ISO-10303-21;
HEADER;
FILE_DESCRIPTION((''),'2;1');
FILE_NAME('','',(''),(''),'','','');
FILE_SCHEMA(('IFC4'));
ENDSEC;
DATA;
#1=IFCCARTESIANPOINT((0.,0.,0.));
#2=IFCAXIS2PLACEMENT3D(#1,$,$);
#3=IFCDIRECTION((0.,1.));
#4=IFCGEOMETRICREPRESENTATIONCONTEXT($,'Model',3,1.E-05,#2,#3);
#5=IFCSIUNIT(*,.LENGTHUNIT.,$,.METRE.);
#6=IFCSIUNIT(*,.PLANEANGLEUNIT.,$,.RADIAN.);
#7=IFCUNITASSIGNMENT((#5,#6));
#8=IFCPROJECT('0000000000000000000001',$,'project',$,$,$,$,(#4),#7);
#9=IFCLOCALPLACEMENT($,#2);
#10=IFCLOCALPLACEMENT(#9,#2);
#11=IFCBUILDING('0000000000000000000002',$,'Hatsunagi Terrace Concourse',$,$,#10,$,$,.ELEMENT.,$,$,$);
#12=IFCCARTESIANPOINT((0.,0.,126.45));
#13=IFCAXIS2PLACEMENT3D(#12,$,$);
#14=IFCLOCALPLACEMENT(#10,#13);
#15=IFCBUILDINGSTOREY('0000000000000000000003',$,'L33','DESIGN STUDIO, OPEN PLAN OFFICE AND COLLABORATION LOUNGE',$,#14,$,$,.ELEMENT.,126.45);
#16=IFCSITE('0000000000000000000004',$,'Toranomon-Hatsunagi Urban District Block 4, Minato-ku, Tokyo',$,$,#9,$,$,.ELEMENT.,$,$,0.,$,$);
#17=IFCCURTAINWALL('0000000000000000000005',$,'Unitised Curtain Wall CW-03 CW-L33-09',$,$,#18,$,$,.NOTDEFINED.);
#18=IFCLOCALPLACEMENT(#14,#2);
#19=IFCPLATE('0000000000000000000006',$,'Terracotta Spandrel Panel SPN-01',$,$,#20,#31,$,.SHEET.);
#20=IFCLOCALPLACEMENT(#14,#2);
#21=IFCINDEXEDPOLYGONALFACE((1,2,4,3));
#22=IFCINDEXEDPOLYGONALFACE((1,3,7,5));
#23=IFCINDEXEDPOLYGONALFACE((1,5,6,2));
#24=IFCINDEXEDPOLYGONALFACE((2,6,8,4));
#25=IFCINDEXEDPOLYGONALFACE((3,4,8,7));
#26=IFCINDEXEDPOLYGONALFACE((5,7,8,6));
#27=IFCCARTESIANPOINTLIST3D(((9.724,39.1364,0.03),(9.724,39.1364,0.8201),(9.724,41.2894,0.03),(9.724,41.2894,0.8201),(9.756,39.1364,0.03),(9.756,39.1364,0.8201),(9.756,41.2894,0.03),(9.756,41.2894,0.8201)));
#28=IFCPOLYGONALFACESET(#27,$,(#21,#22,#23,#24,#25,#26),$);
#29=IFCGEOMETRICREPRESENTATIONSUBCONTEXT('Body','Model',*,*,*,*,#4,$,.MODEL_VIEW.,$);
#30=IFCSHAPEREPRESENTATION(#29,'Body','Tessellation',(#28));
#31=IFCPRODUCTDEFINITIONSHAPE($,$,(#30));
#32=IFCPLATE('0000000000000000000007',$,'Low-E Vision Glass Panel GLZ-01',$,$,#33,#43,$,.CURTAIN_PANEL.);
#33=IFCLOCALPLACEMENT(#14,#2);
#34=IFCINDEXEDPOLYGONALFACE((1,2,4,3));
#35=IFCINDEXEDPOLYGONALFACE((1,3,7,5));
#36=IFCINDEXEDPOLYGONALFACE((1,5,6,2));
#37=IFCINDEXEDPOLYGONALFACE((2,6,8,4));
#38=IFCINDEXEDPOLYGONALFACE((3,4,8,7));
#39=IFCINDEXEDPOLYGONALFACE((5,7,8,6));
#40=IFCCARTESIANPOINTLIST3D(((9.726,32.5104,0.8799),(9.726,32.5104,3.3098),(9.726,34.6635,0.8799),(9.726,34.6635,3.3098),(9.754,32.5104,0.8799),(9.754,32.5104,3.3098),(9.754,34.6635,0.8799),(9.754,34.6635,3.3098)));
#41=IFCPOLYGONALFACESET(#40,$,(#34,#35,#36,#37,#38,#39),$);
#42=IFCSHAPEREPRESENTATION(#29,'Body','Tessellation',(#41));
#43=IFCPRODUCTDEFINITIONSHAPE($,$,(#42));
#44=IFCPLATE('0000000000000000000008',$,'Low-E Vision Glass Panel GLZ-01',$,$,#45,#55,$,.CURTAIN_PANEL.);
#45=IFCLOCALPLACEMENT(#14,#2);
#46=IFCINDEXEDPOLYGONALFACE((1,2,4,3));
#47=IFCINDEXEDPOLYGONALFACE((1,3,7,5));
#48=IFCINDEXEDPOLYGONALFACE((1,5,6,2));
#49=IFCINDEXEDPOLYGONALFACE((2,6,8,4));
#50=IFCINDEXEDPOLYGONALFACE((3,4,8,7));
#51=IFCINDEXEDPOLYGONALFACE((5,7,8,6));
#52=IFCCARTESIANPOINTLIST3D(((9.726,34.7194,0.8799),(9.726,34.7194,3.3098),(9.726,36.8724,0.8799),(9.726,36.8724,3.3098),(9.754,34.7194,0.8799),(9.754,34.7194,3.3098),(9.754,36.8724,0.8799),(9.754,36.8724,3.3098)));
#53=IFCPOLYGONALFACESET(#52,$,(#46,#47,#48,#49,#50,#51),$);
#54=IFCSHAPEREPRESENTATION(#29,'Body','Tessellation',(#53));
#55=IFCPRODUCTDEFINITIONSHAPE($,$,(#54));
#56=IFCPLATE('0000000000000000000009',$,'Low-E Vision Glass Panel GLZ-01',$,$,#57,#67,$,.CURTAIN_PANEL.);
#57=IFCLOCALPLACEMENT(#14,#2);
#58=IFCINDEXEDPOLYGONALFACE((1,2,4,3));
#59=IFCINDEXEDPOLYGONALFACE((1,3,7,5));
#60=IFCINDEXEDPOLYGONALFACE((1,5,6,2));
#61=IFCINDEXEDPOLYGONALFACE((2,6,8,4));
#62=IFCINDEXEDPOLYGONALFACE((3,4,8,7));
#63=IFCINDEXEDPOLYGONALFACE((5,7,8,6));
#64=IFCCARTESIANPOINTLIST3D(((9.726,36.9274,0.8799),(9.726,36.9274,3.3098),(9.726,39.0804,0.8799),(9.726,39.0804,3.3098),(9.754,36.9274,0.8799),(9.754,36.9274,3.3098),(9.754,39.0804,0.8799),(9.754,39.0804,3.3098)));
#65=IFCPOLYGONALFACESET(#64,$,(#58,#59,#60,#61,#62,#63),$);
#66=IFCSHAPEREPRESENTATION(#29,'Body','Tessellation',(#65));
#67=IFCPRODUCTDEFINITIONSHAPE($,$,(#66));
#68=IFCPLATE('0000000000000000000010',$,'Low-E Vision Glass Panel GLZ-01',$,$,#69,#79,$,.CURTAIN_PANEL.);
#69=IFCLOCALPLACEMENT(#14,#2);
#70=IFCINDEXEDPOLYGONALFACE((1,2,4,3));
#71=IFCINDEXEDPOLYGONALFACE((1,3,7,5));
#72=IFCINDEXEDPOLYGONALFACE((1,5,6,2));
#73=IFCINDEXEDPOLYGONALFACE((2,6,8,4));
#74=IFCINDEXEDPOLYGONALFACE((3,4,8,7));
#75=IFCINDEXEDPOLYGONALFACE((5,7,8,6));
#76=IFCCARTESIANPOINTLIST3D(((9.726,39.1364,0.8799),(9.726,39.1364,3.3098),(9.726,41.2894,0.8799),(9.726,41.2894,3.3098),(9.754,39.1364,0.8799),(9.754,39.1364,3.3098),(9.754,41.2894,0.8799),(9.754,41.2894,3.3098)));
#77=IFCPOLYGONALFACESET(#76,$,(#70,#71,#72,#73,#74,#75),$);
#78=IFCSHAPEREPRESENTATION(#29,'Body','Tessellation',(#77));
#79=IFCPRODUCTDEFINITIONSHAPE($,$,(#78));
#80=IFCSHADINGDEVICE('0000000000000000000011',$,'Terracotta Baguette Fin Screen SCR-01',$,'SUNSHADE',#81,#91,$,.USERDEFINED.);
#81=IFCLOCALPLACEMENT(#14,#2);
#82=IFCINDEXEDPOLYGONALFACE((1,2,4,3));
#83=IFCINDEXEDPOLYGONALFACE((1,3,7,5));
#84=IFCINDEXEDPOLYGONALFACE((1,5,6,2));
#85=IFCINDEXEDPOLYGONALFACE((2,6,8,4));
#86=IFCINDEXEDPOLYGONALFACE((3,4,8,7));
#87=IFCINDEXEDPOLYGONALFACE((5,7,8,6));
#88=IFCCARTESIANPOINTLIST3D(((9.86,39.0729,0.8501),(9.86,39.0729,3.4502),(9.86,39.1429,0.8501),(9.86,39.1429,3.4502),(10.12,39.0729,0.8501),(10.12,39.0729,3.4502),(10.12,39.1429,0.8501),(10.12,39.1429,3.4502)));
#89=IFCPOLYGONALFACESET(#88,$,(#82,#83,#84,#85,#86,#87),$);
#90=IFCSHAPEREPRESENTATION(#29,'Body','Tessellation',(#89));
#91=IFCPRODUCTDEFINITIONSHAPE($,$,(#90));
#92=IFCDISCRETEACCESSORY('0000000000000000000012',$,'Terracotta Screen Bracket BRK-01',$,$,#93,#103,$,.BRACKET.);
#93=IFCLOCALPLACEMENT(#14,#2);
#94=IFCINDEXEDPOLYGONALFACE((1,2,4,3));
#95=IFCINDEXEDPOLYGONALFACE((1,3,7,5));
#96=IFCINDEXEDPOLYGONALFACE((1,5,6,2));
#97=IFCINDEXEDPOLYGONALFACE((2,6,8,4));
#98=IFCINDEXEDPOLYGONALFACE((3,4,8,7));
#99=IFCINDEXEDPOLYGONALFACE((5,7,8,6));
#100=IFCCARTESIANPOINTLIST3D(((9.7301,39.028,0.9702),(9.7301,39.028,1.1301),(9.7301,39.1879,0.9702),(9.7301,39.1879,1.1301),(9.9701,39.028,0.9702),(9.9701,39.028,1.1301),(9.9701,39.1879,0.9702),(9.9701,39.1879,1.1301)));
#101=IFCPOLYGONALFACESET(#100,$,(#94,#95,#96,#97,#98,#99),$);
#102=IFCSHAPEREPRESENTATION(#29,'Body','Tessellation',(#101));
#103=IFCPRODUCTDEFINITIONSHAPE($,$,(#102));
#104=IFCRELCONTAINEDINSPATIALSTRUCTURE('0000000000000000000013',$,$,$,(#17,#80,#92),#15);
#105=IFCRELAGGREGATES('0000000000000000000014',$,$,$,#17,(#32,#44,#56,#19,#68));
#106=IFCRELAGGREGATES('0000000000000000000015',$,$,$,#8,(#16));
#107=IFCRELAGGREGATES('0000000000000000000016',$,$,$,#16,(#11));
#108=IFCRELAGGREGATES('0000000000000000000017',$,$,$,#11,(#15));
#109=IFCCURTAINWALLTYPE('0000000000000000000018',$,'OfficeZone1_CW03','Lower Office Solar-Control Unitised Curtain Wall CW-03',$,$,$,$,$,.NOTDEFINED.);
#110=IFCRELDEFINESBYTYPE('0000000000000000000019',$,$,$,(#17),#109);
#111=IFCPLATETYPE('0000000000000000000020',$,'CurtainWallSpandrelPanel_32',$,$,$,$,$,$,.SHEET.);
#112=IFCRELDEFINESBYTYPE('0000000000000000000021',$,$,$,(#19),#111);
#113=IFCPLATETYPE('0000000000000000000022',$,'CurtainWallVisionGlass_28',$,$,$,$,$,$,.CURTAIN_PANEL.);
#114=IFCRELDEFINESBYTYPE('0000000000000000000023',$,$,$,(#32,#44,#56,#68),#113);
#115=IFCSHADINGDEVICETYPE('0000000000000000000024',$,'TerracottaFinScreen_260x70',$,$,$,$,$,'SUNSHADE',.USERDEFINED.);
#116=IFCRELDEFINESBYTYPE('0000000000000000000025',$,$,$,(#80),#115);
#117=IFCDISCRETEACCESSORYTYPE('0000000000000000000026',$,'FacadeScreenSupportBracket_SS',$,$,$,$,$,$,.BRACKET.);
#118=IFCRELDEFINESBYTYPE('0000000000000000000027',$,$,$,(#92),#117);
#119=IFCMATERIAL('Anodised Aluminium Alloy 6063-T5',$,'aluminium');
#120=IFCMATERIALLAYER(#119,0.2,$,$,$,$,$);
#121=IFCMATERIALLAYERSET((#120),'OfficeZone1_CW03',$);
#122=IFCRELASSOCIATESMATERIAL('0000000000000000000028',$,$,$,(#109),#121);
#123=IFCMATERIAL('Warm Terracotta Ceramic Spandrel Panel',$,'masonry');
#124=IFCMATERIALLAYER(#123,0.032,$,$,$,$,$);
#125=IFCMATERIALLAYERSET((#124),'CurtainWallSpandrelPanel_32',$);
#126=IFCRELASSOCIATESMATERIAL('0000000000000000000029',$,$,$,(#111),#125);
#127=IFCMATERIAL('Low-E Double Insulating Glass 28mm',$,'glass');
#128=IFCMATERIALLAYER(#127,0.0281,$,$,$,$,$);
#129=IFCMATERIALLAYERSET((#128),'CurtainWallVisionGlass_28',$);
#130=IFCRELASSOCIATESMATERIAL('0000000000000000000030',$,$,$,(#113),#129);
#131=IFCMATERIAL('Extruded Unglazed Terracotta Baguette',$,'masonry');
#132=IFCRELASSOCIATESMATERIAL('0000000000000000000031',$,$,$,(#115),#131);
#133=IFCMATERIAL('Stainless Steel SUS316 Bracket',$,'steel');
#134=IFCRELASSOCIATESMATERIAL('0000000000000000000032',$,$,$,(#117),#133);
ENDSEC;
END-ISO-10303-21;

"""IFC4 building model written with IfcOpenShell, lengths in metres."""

from ifc_helpers import new_model, si_unit, direction, frame, origin, origin_2d, place, context, subcontext, project, spatial, rectangle, extrude, material, layer, layer_set, type_object, element, aggregate, save


model = new_model("IFC4")

# Units and contexts
model_context = context("Model", 3, precision=1e-05, world=origin(), true_north=direction((0.0, 1.0)))
body_context = subcontext(model_context, "Body", "Model", "MODEL_VIEW")
ifc_project = project(units=[si_unit("LENGTHUNIT", "METRE"), si_unit("PLANEANGLEUNIT", "RADIAN")], contexts=[model_context])

# Site, building, storey
site_placement = place(None, origin())
site = spatial("IfcSite", under=ifc_project, at=site_placement, Name="Toranomon-Hatsunagi Urban District Block 4, Minato-ku, Tokyo", CompositionType="ELEMENT", RefElevation=0.0)
building_placement = place(site_placement, origin())
building = spatial("IfcBuilding", under=site, at=building_placement, Name="Hatsunagi Terrace Concourse", CompositionType="ELEMENT")
storey_placement = place(building_placement, frame((0.0, 0.0, 126.45)))
storey = spatial("IfcBuildingStorey", under=building, at=storey_placement, Name="L33", Description="DESIGN STUDIO, OPEN PLAN OFFICE AND COLLABORATION LOUNGE", CompositionType="ELEMENT", Elevation=126.45)

# Curtain wall
ifc_material_1 = material(Name="Anodised Aluminium Alloy 6063-T5", Category="aluminium")
ifc_layer_1 = layer(ifc_material_1, 0.2)
ifc_layer_set_1 = layer_set([ifc_layer_1], Name="OfficeZone1_CW03")
curtain_wall_type = type_object("IfcCurtainWallType", Name="OfficeZone1_CW03", Description="Lower Office Solar-Control Unitised Curtain Wall CW-03", PredefinedType="NOTDEFINED", material=ifc_layer_set_1)
curtain_wall_placement = place(storey_placement, origin())
curtain_wall = element("IfcCurtainWall", 1, at=curtain_wall_placement, inside=storey, type_object=curtain_wall_type, Name="Unitised Curtain Wall CW-03 CW-L33-09", PredefinedType="NOTDEFINED")

# Plates
ifc_material_2 = material(Name="Warm Terracotta Ceramic Spandrel Panel", Category="masonry")
ifc_layer_2 = layer(ifc_material_2, 0.032)
ifc_layer_set_2 = layer_set([ifc_layer_2], Name="CurtainWallSpandrelPanel_32")
plate_type_1 = type_object("IfcPlateType", Name="CurtainWallSpandrelPanel_32", PredefinedType="SHEET", material=ifc_layer_set_2)
plate_1_placement = place(storey_placement, frame((9.74, 40.2129, 0.03), z_axis=(0.0, 0.0, 1.0), x_axis=(0.0, 1.0, 0.0)))
plate_1 = element("IfcPlate", 2, at=plate_1_placement, type_object=plate_type_1, Name="Terracotta Spandrel Panel SPN-01", PredefinedType="SHEET", context=body_context, shape_type="SweptSolid", body=[
    extrude(rectangle(XDim=2.1531, YDim=0.032, at=origin_2d()), origin(), (0.0, 0.0, 1.0), 0.79),
])
ifc_material_3 = material(Name="Low-E Double Insulating Glass 28mm", Category="glass")
ifc_layer_3 = layer(ifc_material_3, 0.0281)
ifc_layer_set_3 = layer_set([ifc_layer_3], Name="CurtainWallVisionGlass_28")
plate_type_2 = type_object("IfcPlateType", Name="CurtainWallVisionGlass_28", PredefinedType="CURTAIN_PANEL", material=ifc_layer_set_3)
plate_2_placement = place(storey_placement, frame((9.74, 33.5869, 0.8799), z_axis=(0.0, 0.0, 1.0), x_axis=(0.0, 1.0, 0.0)))
plate_2 = element("IfcPlate", 3, at=plate_2_placement, type_object=plate_type_2, Name="Low-E Vision Glass Panel GLZ-01", PredefinedType="CURTAIN_PANEL", context=body_context, shape_type="SweptSolid", body=[
    extrude(rectangle(XDim=2.1531, YDim=0.0281, at=origin_2d()), origin(), (0.0, 0.0, 1.0), 2.4299),
])
plate_3_placement = place(storey_placement, frame((9.74, 35.7959, 0.8799), z_axis=(0.0, 0.0, 1.0), x_axis=(0.0, 1.0, 0.0)))
plate_3 = element("IfcPlate", 4, at=plate_3_placement, type_object=plate_type_2, Name="Low-E Vision Glass Panel GLZ-01", PredefinedType="CURTAIN_PANEL", context=body_context, shape_type="SweptSolid", body=[
    extrude(rectangle(XDim=2.1531, YDim=0.0281, at=origin_2d()), origin(), (0.0, 0.0, 1.0), 2.4299),
])
plate_4_placement = place(storey_placement, frame((9.74, 38.0039, 0.8799), z_axis=(0.0, 0.0, 1.0), x_axis=(0.0, 1.0, 0.0)))
plate_4 = element("IfcPlate", 5, at=plate_4_placement, type_object=plate_type_2, Name="Low-E Vision Glass Panel GLZ-01", PredefinedType="CURTAIN_PANEL", context=body_context, shape_type="SweptSolid", body=[
    extrude(rectangle(XDim=2.1531, YDim=0.0281, at=origin_2d()), origin(), (0.0, 0.0, 1.0), 2.4299),
])
plate_5_placement = place(storey_placement, frame((9.74, 40.2129, 0.8799), z_axis=(0.0, 0.0, 1.0), x_axis=(0.0, 1.0, 0.0)))
plate_5 = element("IfcPlate", 6, at=plate_5_placement, type_object=plate_type_2, Name="Low-E Vision Glass Panel GLZ-01", PredefinedType="CURTAIN_PANEL", context=body_context, shape_type="SweptSolid", body=[
    extrude(rectangle(XDim=2.1531, YDim=0.0281, at=origin_2d()), origin(), (0.0, 0.0, 1.0), 2.4299),
])
aggregate(curtain_wall, [plate_2, plate_3, plate_4, plate_1, plate_5])

# Shading device
ifc_material_4 = material(Name="Extruded Unglazed Terracotta Baguette", Category="masonry")
shading_device_type = type_object("IfcShadingDeviceType", Name="TerracottaFinScreen_260x70", ElementType="SUNSHADE", PredefinedType="USERDEFINED", material=ifc_material_4)
shading_device_placement = place(storey_placement, frame((9.99, 39.1079, 0.8501), z_axis=(0.0, 0.0, 1.0), x_axis=(0.0, 1.0, 0.0)))
element("IfcShadingDevice", 7, at=shading_device_placement, inside=storey, type_object=shading_device_type, Name="Terracotta Baguette Fin Screen SCR-01", ObjectType="SUNSHADE", PredefinedType="USERDEFINED", context=body_context, shape_type="SweptSolid", body=[
    extrude(rectangle(XDim=0.0701, YDim=0.26, at=origin_2d()), origin(), (0.0, 0.0, 1.0), 2.6001),
])

# Discrete accessory
ifc_material_5 = material(Name="Stainless Steel SUS316 Bracket", Category="steel")
discrete_accessory_type = type_object("IfcDiscreteAccessoryType", Name="FacadeScreenSupportBracket_SS", PredefinedType="BRACKET", material=ifc_material_5)
discrete_accessory_placement = place(storey_placement, frame((9.8501, 39.1079, 0.9702), z_axis=(0.0, 0.0, 1.0), x_axis=(0.0, 1.0, 0.0)))
element("IfcDiscreteAccessory", 8, at=discrete_accessory_placement, inside=storey, type_object=discrete_accessory_type, Name="Terracotta Screen Bracket BRK-01", PredefinedType="BRACKET", context=body_context, shape_type="SweptSolid", body=[
    extrude(rectangle(XDim=0.1599, YDim=0.24, at=origin_2d()), origin(), (0.0, 0.0, 1.0), 0.1599),
])

save(model, "model.ifc")
